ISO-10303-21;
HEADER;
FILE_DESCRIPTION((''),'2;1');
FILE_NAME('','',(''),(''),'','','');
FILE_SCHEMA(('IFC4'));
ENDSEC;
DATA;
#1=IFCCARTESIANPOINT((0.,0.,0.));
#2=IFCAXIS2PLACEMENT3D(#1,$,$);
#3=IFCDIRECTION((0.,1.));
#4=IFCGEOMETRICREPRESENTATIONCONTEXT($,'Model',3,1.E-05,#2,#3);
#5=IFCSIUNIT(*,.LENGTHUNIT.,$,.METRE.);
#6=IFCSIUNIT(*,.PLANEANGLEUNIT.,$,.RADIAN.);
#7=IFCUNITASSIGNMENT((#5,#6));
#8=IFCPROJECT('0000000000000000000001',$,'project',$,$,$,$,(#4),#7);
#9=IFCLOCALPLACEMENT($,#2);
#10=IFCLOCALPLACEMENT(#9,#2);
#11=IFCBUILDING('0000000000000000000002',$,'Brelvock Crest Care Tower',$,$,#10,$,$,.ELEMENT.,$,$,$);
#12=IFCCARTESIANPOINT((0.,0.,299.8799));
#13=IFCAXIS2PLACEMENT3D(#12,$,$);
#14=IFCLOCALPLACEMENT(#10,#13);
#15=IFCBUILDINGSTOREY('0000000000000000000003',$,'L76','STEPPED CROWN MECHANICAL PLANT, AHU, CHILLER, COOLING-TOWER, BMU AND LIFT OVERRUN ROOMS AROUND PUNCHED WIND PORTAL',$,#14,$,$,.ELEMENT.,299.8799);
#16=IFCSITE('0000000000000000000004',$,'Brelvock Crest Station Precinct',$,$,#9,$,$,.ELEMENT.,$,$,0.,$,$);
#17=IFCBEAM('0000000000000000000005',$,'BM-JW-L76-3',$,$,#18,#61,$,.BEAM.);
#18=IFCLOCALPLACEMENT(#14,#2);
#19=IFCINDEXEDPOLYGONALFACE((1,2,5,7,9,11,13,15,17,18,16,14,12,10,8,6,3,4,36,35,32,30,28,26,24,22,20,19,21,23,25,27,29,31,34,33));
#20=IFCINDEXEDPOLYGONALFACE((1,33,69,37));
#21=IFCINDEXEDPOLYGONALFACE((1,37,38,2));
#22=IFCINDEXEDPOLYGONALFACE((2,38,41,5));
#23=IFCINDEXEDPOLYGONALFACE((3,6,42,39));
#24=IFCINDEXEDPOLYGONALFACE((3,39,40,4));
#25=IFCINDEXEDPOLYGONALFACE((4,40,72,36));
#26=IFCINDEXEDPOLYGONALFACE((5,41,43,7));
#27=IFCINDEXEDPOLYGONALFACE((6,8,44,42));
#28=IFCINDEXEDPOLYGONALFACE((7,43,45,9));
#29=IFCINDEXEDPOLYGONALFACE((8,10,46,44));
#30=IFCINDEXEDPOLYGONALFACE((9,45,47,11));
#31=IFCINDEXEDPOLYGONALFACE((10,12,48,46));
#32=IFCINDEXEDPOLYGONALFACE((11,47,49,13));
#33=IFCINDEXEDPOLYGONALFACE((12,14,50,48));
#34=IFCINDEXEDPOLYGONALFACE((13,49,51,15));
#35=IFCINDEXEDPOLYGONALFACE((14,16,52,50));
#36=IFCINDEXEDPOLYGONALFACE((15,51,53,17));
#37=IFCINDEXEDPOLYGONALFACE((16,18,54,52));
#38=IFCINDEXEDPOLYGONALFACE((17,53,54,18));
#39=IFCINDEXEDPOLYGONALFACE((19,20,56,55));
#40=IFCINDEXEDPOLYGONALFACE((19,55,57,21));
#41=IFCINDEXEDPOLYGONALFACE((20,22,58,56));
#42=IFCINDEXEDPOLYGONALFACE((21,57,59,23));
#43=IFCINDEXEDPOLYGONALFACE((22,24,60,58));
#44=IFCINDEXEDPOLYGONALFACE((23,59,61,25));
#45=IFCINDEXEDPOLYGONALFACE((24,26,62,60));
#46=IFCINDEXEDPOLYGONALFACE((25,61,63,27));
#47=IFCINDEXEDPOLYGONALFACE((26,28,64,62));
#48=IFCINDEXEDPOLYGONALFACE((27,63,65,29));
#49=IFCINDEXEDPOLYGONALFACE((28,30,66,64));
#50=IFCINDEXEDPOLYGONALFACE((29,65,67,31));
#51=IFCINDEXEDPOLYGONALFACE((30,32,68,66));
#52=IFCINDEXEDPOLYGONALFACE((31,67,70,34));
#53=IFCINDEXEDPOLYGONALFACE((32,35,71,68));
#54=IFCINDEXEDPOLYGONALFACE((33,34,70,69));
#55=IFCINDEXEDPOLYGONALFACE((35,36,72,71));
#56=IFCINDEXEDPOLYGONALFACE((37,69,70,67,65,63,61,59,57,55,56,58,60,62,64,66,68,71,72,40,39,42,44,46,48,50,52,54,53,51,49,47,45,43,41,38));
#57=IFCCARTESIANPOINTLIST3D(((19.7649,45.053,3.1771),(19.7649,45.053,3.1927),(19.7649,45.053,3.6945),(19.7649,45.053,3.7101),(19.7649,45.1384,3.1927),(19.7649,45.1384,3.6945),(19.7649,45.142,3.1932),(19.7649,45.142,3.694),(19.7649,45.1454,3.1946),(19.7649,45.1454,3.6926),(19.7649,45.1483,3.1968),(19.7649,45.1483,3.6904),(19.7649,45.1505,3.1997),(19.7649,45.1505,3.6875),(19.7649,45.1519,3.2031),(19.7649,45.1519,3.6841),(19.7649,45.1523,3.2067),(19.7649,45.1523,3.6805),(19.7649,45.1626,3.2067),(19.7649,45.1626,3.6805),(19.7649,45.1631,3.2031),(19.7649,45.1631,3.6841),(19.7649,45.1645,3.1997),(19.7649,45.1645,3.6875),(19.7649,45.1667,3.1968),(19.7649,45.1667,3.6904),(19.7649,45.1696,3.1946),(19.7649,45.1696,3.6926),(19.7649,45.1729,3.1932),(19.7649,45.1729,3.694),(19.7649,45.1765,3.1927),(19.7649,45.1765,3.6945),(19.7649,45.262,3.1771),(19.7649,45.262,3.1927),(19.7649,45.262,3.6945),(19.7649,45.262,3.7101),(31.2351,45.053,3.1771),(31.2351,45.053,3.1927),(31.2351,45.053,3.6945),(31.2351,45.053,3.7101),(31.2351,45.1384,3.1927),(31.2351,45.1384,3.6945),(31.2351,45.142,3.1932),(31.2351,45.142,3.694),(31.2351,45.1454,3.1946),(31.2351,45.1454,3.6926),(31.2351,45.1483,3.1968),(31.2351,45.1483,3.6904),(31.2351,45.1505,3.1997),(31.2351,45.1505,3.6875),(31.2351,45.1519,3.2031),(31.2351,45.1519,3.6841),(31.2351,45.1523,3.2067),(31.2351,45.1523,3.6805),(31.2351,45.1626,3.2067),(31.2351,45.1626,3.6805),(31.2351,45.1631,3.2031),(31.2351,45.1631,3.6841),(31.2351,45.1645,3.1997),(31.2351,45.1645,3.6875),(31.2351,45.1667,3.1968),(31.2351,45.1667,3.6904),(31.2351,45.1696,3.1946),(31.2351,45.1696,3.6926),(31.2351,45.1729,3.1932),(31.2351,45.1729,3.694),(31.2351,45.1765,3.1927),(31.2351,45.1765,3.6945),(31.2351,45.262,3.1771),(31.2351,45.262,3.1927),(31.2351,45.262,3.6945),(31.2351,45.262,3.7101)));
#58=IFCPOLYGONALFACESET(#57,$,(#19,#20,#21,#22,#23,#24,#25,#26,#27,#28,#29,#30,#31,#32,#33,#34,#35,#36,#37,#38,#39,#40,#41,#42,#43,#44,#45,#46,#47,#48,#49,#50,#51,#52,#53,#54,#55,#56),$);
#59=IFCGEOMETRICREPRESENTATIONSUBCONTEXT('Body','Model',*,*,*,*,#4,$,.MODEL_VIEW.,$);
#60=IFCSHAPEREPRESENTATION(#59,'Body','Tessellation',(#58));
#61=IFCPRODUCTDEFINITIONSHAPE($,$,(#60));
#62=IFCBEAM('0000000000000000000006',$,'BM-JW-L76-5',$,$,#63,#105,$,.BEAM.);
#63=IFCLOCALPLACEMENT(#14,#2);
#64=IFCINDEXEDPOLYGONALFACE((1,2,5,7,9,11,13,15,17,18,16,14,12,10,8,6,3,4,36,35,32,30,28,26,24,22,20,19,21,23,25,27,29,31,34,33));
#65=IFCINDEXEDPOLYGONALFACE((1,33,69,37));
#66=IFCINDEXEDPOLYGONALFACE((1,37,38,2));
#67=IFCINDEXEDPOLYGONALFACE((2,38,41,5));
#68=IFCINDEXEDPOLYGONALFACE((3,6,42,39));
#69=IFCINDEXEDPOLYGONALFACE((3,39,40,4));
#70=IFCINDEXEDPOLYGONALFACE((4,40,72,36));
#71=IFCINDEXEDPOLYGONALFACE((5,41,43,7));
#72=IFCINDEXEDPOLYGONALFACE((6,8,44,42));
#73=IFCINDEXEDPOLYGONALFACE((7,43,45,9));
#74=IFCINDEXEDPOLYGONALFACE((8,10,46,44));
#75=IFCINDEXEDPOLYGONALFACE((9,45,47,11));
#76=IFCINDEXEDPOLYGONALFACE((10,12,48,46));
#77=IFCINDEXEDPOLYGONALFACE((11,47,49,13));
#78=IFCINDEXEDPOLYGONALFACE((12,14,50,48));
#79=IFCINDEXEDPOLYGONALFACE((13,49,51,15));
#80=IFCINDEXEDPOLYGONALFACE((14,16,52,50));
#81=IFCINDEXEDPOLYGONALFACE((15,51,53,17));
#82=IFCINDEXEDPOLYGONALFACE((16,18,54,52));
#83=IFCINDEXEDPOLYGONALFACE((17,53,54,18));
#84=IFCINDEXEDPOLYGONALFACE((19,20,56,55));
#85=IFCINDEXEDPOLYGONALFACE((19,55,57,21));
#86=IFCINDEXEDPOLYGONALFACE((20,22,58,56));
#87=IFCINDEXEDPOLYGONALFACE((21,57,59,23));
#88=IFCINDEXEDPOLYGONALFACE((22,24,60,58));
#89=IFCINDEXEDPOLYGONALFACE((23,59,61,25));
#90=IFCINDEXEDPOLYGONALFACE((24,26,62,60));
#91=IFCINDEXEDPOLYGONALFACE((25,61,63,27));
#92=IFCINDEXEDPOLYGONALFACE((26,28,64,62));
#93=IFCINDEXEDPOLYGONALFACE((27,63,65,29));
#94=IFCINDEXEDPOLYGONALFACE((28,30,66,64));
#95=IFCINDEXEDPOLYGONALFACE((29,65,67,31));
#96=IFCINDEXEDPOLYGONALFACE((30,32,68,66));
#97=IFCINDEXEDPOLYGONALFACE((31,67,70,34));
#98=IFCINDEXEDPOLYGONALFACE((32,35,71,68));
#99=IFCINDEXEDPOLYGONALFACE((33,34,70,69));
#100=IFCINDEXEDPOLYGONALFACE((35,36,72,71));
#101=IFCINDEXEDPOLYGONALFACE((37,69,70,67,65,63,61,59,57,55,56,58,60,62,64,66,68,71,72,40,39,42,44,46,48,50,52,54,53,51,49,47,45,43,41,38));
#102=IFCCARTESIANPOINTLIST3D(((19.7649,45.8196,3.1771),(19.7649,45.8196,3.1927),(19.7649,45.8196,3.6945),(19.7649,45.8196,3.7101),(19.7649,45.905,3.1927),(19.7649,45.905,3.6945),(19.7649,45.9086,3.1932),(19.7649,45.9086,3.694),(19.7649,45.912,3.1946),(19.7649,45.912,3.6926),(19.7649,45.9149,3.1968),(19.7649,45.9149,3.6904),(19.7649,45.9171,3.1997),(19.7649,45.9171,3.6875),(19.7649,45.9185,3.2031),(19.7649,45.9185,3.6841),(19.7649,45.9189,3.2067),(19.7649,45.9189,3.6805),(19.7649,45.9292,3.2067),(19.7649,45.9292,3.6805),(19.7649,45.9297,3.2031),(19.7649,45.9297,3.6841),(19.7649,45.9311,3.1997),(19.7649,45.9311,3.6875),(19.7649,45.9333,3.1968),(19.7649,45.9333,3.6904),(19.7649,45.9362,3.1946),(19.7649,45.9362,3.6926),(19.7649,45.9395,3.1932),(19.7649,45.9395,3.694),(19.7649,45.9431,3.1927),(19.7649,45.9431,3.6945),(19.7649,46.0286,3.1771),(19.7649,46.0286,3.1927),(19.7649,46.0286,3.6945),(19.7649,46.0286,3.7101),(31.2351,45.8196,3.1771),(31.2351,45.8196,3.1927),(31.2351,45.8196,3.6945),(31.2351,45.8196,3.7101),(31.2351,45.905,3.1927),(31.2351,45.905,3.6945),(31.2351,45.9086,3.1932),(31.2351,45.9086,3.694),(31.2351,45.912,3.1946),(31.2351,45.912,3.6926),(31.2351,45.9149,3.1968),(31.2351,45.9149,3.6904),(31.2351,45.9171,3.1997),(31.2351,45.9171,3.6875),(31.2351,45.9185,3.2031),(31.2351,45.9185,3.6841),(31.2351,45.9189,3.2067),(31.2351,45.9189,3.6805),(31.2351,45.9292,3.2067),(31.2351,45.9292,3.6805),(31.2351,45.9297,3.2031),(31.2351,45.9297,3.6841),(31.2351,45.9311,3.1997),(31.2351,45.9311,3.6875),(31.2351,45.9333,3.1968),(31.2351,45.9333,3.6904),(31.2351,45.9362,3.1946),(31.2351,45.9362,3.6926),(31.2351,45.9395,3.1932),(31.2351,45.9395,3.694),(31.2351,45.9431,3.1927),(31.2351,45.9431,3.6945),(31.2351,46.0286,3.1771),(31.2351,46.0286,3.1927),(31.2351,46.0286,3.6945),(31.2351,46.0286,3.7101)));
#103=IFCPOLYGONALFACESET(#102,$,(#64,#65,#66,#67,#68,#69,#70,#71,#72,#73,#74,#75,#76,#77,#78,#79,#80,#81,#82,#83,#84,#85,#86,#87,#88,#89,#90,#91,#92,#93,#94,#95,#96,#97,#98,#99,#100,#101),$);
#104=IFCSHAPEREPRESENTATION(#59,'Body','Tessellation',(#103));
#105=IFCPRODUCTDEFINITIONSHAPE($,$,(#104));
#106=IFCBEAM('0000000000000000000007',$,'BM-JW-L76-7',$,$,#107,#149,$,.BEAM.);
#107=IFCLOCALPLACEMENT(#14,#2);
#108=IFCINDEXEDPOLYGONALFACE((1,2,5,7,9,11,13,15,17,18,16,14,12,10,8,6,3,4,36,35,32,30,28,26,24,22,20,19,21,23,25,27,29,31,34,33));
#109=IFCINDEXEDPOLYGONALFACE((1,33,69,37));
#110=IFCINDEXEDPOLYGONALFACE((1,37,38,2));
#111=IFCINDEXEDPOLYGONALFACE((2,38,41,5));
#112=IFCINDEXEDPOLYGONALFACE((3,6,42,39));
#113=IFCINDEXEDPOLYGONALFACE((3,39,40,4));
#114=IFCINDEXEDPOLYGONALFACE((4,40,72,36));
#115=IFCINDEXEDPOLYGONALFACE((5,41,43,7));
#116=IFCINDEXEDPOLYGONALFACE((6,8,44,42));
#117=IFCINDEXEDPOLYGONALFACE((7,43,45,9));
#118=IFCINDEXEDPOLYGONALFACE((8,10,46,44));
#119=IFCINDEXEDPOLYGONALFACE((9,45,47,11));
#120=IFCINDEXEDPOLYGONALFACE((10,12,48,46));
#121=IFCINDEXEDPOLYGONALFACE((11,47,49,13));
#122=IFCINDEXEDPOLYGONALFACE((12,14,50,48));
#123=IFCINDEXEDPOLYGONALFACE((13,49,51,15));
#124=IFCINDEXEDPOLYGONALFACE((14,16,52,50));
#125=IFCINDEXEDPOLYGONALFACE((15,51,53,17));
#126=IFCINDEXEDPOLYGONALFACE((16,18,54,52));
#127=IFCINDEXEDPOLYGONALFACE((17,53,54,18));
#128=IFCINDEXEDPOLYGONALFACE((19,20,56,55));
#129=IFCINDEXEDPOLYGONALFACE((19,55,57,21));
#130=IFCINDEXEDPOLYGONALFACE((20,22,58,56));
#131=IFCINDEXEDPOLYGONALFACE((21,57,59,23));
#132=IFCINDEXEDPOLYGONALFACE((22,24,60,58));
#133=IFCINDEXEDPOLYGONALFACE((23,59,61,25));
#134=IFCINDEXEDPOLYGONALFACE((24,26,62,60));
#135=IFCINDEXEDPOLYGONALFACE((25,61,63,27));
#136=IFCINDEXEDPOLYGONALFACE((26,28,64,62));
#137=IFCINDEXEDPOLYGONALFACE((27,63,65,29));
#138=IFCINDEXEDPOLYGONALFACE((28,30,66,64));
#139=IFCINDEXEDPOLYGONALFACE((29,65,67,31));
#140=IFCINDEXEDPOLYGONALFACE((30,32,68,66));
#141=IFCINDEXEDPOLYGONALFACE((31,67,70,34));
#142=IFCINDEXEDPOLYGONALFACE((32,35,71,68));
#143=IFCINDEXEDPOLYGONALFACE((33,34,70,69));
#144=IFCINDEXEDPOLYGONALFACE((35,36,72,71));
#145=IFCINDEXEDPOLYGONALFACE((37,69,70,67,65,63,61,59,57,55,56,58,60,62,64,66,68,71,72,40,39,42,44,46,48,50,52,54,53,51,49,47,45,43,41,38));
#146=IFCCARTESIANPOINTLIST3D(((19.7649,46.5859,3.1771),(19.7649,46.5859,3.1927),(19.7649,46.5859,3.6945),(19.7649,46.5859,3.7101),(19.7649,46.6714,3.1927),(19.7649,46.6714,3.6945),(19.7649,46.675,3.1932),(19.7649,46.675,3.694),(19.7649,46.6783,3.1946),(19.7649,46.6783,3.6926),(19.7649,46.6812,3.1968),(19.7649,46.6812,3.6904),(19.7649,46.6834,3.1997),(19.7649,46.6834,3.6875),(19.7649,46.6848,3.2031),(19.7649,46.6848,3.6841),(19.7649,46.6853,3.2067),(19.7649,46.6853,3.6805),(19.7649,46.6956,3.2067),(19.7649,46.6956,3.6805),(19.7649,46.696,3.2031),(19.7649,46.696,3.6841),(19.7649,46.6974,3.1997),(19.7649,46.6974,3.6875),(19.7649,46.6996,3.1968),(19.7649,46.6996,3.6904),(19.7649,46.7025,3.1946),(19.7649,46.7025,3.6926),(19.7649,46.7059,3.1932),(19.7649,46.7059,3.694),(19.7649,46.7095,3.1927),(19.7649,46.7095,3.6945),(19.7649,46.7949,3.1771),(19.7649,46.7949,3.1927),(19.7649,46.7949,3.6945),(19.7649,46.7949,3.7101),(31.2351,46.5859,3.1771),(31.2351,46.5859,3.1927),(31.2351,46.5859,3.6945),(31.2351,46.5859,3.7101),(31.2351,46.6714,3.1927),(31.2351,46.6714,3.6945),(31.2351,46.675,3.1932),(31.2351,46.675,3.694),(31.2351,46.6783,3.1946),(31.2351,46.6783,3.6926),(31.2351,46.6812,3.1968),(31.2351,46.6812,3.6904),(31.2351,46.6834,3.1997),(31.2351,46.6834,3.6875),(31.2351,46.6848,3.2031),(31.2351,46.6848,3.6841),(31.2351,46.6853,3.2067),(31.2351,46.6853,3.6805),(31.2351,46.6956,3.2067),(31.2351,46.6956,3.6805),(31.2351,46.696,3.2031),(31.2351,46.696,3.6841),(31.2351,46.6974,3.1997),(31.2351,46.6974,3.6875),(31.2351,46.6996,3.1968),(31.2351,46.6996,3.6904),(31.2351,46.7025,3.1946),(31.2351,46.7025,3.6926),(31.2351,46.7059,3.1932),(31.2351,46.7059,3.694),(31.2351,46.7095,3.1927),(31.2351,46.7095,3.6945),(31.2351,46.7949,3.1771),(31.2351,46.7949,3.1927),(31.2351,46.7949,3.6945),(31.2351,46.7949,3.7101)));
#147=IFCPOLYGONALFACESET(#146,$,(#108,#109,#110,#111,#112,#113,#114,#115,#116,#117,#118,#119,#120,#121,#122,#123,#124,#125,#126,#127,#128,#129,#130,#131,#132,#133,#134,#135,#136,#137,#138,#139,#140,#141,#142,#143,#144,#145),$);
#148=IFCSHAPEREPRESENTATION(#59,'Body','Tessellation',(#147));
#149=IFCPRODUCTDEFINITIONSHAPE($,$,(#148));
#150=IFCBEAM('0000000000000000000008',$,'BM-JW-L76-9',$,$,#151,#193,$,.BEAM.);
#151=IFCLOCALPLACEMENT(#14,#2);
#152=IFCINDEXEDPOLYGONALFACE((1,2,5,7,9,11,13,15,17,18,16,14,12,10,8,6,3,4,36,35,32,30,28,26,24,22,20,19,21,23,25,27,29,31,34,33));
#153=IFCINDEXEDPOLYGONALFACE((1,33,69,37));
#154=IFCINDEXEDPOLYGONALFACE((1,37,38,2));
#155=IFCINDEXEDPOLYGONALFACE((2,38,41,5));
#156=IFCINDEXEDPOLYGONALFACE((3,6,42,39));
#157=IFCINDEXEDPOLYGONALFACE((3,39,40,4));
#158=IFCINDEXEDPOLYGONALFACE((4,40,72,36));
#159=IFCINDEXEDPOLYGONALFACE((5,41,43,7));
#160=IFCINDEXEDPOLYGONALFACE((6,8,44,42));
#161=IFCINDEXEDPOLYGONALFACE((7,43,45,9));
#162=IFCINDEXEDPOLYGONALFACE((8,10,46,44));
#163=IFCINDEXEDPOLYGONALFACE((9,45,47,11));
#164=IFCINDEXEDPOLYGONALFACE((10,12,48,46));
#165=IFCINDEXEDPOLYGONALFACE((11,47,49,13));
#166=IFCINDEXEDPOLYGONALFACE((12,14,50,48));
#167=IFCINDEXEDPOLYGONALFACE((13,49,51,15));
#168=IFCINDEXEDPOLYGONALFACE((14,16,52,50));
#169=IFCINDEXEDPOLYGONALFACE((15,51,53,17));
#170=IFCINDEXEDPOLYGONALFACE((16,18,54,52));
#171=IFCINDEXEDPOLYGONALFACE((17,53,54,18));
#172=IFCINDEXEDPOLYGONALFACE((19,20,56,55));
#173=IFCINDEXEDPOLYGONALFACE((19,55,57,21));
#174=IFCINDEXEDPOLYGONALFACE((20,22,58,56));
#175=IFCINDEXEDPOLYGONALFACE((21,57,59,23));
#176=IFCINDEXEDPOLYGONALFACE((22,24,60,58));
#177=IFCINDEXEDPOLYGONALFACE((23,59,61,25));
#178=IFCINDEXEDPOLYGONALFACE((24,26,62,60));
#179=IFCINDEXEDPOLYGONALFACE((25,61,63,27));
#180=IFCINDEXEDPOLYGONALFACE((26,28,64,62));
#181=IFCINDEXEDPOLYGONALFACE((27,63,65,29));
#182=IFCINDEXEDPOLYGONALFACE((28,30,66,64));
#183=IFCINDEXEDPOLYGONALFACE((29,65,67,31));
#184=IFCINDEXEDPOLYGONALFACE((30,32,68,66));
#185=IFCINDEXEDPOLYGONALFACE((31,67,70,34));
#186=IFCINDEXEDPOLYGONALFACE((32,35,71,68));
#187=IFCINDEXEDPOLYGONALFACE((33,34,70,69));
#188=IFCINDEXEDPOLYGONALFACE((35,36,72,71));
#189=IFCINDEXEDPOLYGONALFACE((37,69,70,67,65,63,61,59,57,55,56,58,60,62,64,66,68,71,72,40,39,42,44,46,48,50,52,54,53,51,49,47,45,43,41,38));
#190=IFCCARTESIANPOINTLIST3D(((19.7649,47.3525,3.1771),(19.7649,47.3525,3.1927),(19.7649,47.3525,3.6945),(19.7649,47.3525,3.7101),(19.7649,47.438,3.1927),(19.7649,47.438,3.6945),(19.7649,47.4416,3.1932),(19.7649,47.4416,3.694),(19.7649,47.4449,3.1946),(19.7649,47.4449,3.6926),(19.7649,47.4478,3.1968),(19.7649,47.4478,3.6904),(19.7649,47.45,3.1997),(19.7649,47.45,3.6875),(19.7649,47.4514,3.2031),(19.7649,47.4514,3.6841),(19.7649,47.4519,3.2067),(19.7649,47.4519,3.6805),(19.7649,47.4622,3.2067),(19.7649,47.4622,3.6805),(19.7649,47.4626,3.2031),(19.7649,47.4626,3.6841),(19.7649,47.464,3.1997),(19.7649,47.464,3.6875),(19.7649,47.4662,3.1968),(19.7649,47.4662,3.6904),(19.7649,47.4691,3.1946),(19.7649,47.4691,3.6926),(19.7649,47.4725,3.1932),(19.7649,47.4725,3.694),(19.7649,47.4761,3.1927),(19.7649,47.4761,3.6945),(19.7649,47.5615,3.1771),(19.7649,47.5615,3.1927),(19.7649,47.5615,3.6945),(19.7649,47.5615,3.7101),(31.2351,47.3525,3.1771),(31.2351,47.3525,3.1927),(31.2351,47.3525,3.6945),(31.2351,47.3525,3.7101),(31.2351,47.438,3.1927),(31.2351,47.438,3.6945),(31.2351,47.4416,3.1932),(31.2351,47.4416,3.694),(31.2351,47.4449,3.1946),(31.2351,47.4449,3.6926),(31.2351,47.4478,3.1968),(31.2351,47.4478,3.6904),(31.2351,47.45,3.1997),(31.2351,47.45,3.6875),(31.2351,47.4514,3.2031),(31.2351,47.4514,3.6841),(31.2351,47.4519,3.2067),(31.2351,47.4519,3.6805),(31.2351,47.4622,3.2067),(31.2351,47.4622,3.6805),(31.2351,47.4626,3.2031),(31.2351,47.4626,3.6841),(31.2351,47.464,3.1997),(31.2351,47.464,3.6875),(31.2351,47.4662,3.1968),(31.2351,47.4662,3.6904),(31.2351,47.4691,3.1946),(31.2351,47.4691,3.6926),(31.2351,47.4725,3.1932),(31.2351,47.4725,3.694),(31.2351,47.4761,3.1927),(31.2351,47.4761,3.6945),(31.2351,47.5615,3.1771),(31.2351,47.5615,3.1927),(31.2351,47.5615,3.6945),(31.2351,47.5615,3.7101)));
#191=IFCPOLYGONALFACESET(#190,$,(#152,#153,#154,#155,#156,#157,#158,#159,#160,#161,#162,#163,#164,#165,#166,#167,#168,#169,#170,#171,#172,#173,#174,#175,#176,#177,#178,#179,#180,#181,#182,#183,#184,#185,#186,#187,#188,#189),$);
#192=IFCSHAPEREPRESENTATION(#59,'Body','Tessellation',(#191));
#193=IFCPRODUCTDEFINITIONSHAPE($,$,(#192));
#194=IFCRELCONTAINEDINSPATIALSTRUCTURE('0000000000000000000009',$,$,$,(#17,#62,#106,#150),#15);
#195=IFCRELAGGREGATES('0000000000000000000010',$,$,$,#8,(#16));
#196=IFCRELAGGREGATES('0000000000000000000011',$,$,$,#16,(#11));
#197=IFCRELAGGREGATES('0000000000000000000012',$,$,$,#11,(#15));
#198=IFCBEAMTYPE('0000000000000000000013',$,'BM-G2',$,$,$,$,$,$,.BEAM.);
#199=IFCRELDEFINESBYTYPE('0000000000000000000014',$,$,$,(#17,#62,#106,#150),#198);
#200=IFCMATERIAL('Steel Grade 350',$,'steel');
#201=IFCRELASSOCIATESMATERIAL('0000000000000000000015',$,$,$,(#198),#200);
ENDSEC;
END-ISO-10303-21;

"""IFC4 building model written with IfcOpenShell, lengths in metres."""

from ifc_helpers import new_model, si_unit, direction, frame, origin, origin_2d, place, context, subcontext, project, spatial, i_section, extrude, source, transform, mapped, material, material_profile, profile_set, type_object, element, save


model = new_model("IFC4")

# Units and contexts
model_context = context("Model", 3, precision=1e-05, world=origin(), true_north=direction((0.0, 1.0)))
body_context = subcontext(model_context, "Body", "Model", "MODEL_VIEW")
ifc_project = project(units=[si_unit("LENGTHUNIT", "METRE"), si_unit("PLANEANGLEUNIT", "RADIAN")], contexts=[model_context])

# Site, building, storey
site_placement = place(None, origin())
site = spatial("IfcSite", under=ifc_project, at=site_placement, Name="Brelvock Crest Station Precinct", CompositionType="ELEMENT", RefElevation=0.0)
building_placement = place(site_placement, origin())
building = spatial("IfcBuilding", under=site, at=building_placement, Name="Brelvock Crest Care Tower", CompositionType="ELEMENT")
storey_placement = place(building_placement, frame((0.0, 0.0, 299.8799)))
storey = spatial("IfcBuildingStorey", under=building, at=storey_placement, Name="L76", Description="STEPPED CROWN MECHANICAL PLANT, AHU, CHILLER, COOLING-TOWER, BMU AND LIFT OVERRUN ROOMS AROUND PUNCHED WIND PORTAL", CompositionType="ELEMENT", Elevation=299.8799)

# Shared definitions
ifc_material_1 = material(Name="Steel Grade 350", Category="steel")

# Beams
ifc_material_profile_1 = material_profile(ifc_material_1, i_section(OverallWidth=0.209, OverallDepth=0.533, WebThickness=0.0103, FlangeThickness=0.0156, FilletRadius=0.0139, at=origin_2d()), Name="530UB92.4")
ifc_profile_set_1 = profile_set([ifc_material_profile_1], Name="Steel Grade 350")
beam_type_1 = type_object("IfcBeamType", Name="BM-G2", PredefinedType="BEAM", material=ifc_profile_set_1)
shared_shape_1 = source(origin(), body_context, "Body", "SweptSolid", [
    extrude(i_section(OverallWidth=0.209, OverallDepth=0.533, WebThickness=0.0103, FlangeThickness=0.0156, FilletRadius=0.0139, at=origin_2d()), origin(), (0.0, 0.0, 1.0), 11.4702),
])
for number, where, z_axis, x_axis, name in (
    (1, (19.7649, 45.1575, 3.4436), (1.0, 0.0, 0.0), (0.0, 1.0, 0.0), "BM-JW-L76-3"),
    (2, (19.7649, 45.9241, 3.4436), (1.0, 0.0, 0.0), (0.0, 1.0, 0.0), "BM-JW-L76-5"),
    (3, (19.7649, 46.6904, 3.4436), (1.0, 0.0, 0.0), (0.0, 1.0, 0.0), "BM-JW-L76-7"),
    (4, (19.7649, 47.457, 3.4436), (1.0, 0.0, 0.0), (0.0, 1.0, 0.0), "BM-JW-L76-9"),
):
    element("IfcBeam", number, at=place(storey_placement, frame(where, z_axis=z_axis, x_axis=x_axis)), inside=storey, type_object=beam_type_1, Name=name, PredefinedType="BEAM", context=body_context, shape_type="MappedRepresentation", body=[
        mapped(shared_shape_1, transform((0.0, 0.0, 0.0), x_axis=(1.0, 0.0, 0.0), y_axis=(0.0, 1.0, 0.0), z_axis=(0.0, 0.0, 1.0), scale=1.0)),
    ])

save(model, "model.ifc")
